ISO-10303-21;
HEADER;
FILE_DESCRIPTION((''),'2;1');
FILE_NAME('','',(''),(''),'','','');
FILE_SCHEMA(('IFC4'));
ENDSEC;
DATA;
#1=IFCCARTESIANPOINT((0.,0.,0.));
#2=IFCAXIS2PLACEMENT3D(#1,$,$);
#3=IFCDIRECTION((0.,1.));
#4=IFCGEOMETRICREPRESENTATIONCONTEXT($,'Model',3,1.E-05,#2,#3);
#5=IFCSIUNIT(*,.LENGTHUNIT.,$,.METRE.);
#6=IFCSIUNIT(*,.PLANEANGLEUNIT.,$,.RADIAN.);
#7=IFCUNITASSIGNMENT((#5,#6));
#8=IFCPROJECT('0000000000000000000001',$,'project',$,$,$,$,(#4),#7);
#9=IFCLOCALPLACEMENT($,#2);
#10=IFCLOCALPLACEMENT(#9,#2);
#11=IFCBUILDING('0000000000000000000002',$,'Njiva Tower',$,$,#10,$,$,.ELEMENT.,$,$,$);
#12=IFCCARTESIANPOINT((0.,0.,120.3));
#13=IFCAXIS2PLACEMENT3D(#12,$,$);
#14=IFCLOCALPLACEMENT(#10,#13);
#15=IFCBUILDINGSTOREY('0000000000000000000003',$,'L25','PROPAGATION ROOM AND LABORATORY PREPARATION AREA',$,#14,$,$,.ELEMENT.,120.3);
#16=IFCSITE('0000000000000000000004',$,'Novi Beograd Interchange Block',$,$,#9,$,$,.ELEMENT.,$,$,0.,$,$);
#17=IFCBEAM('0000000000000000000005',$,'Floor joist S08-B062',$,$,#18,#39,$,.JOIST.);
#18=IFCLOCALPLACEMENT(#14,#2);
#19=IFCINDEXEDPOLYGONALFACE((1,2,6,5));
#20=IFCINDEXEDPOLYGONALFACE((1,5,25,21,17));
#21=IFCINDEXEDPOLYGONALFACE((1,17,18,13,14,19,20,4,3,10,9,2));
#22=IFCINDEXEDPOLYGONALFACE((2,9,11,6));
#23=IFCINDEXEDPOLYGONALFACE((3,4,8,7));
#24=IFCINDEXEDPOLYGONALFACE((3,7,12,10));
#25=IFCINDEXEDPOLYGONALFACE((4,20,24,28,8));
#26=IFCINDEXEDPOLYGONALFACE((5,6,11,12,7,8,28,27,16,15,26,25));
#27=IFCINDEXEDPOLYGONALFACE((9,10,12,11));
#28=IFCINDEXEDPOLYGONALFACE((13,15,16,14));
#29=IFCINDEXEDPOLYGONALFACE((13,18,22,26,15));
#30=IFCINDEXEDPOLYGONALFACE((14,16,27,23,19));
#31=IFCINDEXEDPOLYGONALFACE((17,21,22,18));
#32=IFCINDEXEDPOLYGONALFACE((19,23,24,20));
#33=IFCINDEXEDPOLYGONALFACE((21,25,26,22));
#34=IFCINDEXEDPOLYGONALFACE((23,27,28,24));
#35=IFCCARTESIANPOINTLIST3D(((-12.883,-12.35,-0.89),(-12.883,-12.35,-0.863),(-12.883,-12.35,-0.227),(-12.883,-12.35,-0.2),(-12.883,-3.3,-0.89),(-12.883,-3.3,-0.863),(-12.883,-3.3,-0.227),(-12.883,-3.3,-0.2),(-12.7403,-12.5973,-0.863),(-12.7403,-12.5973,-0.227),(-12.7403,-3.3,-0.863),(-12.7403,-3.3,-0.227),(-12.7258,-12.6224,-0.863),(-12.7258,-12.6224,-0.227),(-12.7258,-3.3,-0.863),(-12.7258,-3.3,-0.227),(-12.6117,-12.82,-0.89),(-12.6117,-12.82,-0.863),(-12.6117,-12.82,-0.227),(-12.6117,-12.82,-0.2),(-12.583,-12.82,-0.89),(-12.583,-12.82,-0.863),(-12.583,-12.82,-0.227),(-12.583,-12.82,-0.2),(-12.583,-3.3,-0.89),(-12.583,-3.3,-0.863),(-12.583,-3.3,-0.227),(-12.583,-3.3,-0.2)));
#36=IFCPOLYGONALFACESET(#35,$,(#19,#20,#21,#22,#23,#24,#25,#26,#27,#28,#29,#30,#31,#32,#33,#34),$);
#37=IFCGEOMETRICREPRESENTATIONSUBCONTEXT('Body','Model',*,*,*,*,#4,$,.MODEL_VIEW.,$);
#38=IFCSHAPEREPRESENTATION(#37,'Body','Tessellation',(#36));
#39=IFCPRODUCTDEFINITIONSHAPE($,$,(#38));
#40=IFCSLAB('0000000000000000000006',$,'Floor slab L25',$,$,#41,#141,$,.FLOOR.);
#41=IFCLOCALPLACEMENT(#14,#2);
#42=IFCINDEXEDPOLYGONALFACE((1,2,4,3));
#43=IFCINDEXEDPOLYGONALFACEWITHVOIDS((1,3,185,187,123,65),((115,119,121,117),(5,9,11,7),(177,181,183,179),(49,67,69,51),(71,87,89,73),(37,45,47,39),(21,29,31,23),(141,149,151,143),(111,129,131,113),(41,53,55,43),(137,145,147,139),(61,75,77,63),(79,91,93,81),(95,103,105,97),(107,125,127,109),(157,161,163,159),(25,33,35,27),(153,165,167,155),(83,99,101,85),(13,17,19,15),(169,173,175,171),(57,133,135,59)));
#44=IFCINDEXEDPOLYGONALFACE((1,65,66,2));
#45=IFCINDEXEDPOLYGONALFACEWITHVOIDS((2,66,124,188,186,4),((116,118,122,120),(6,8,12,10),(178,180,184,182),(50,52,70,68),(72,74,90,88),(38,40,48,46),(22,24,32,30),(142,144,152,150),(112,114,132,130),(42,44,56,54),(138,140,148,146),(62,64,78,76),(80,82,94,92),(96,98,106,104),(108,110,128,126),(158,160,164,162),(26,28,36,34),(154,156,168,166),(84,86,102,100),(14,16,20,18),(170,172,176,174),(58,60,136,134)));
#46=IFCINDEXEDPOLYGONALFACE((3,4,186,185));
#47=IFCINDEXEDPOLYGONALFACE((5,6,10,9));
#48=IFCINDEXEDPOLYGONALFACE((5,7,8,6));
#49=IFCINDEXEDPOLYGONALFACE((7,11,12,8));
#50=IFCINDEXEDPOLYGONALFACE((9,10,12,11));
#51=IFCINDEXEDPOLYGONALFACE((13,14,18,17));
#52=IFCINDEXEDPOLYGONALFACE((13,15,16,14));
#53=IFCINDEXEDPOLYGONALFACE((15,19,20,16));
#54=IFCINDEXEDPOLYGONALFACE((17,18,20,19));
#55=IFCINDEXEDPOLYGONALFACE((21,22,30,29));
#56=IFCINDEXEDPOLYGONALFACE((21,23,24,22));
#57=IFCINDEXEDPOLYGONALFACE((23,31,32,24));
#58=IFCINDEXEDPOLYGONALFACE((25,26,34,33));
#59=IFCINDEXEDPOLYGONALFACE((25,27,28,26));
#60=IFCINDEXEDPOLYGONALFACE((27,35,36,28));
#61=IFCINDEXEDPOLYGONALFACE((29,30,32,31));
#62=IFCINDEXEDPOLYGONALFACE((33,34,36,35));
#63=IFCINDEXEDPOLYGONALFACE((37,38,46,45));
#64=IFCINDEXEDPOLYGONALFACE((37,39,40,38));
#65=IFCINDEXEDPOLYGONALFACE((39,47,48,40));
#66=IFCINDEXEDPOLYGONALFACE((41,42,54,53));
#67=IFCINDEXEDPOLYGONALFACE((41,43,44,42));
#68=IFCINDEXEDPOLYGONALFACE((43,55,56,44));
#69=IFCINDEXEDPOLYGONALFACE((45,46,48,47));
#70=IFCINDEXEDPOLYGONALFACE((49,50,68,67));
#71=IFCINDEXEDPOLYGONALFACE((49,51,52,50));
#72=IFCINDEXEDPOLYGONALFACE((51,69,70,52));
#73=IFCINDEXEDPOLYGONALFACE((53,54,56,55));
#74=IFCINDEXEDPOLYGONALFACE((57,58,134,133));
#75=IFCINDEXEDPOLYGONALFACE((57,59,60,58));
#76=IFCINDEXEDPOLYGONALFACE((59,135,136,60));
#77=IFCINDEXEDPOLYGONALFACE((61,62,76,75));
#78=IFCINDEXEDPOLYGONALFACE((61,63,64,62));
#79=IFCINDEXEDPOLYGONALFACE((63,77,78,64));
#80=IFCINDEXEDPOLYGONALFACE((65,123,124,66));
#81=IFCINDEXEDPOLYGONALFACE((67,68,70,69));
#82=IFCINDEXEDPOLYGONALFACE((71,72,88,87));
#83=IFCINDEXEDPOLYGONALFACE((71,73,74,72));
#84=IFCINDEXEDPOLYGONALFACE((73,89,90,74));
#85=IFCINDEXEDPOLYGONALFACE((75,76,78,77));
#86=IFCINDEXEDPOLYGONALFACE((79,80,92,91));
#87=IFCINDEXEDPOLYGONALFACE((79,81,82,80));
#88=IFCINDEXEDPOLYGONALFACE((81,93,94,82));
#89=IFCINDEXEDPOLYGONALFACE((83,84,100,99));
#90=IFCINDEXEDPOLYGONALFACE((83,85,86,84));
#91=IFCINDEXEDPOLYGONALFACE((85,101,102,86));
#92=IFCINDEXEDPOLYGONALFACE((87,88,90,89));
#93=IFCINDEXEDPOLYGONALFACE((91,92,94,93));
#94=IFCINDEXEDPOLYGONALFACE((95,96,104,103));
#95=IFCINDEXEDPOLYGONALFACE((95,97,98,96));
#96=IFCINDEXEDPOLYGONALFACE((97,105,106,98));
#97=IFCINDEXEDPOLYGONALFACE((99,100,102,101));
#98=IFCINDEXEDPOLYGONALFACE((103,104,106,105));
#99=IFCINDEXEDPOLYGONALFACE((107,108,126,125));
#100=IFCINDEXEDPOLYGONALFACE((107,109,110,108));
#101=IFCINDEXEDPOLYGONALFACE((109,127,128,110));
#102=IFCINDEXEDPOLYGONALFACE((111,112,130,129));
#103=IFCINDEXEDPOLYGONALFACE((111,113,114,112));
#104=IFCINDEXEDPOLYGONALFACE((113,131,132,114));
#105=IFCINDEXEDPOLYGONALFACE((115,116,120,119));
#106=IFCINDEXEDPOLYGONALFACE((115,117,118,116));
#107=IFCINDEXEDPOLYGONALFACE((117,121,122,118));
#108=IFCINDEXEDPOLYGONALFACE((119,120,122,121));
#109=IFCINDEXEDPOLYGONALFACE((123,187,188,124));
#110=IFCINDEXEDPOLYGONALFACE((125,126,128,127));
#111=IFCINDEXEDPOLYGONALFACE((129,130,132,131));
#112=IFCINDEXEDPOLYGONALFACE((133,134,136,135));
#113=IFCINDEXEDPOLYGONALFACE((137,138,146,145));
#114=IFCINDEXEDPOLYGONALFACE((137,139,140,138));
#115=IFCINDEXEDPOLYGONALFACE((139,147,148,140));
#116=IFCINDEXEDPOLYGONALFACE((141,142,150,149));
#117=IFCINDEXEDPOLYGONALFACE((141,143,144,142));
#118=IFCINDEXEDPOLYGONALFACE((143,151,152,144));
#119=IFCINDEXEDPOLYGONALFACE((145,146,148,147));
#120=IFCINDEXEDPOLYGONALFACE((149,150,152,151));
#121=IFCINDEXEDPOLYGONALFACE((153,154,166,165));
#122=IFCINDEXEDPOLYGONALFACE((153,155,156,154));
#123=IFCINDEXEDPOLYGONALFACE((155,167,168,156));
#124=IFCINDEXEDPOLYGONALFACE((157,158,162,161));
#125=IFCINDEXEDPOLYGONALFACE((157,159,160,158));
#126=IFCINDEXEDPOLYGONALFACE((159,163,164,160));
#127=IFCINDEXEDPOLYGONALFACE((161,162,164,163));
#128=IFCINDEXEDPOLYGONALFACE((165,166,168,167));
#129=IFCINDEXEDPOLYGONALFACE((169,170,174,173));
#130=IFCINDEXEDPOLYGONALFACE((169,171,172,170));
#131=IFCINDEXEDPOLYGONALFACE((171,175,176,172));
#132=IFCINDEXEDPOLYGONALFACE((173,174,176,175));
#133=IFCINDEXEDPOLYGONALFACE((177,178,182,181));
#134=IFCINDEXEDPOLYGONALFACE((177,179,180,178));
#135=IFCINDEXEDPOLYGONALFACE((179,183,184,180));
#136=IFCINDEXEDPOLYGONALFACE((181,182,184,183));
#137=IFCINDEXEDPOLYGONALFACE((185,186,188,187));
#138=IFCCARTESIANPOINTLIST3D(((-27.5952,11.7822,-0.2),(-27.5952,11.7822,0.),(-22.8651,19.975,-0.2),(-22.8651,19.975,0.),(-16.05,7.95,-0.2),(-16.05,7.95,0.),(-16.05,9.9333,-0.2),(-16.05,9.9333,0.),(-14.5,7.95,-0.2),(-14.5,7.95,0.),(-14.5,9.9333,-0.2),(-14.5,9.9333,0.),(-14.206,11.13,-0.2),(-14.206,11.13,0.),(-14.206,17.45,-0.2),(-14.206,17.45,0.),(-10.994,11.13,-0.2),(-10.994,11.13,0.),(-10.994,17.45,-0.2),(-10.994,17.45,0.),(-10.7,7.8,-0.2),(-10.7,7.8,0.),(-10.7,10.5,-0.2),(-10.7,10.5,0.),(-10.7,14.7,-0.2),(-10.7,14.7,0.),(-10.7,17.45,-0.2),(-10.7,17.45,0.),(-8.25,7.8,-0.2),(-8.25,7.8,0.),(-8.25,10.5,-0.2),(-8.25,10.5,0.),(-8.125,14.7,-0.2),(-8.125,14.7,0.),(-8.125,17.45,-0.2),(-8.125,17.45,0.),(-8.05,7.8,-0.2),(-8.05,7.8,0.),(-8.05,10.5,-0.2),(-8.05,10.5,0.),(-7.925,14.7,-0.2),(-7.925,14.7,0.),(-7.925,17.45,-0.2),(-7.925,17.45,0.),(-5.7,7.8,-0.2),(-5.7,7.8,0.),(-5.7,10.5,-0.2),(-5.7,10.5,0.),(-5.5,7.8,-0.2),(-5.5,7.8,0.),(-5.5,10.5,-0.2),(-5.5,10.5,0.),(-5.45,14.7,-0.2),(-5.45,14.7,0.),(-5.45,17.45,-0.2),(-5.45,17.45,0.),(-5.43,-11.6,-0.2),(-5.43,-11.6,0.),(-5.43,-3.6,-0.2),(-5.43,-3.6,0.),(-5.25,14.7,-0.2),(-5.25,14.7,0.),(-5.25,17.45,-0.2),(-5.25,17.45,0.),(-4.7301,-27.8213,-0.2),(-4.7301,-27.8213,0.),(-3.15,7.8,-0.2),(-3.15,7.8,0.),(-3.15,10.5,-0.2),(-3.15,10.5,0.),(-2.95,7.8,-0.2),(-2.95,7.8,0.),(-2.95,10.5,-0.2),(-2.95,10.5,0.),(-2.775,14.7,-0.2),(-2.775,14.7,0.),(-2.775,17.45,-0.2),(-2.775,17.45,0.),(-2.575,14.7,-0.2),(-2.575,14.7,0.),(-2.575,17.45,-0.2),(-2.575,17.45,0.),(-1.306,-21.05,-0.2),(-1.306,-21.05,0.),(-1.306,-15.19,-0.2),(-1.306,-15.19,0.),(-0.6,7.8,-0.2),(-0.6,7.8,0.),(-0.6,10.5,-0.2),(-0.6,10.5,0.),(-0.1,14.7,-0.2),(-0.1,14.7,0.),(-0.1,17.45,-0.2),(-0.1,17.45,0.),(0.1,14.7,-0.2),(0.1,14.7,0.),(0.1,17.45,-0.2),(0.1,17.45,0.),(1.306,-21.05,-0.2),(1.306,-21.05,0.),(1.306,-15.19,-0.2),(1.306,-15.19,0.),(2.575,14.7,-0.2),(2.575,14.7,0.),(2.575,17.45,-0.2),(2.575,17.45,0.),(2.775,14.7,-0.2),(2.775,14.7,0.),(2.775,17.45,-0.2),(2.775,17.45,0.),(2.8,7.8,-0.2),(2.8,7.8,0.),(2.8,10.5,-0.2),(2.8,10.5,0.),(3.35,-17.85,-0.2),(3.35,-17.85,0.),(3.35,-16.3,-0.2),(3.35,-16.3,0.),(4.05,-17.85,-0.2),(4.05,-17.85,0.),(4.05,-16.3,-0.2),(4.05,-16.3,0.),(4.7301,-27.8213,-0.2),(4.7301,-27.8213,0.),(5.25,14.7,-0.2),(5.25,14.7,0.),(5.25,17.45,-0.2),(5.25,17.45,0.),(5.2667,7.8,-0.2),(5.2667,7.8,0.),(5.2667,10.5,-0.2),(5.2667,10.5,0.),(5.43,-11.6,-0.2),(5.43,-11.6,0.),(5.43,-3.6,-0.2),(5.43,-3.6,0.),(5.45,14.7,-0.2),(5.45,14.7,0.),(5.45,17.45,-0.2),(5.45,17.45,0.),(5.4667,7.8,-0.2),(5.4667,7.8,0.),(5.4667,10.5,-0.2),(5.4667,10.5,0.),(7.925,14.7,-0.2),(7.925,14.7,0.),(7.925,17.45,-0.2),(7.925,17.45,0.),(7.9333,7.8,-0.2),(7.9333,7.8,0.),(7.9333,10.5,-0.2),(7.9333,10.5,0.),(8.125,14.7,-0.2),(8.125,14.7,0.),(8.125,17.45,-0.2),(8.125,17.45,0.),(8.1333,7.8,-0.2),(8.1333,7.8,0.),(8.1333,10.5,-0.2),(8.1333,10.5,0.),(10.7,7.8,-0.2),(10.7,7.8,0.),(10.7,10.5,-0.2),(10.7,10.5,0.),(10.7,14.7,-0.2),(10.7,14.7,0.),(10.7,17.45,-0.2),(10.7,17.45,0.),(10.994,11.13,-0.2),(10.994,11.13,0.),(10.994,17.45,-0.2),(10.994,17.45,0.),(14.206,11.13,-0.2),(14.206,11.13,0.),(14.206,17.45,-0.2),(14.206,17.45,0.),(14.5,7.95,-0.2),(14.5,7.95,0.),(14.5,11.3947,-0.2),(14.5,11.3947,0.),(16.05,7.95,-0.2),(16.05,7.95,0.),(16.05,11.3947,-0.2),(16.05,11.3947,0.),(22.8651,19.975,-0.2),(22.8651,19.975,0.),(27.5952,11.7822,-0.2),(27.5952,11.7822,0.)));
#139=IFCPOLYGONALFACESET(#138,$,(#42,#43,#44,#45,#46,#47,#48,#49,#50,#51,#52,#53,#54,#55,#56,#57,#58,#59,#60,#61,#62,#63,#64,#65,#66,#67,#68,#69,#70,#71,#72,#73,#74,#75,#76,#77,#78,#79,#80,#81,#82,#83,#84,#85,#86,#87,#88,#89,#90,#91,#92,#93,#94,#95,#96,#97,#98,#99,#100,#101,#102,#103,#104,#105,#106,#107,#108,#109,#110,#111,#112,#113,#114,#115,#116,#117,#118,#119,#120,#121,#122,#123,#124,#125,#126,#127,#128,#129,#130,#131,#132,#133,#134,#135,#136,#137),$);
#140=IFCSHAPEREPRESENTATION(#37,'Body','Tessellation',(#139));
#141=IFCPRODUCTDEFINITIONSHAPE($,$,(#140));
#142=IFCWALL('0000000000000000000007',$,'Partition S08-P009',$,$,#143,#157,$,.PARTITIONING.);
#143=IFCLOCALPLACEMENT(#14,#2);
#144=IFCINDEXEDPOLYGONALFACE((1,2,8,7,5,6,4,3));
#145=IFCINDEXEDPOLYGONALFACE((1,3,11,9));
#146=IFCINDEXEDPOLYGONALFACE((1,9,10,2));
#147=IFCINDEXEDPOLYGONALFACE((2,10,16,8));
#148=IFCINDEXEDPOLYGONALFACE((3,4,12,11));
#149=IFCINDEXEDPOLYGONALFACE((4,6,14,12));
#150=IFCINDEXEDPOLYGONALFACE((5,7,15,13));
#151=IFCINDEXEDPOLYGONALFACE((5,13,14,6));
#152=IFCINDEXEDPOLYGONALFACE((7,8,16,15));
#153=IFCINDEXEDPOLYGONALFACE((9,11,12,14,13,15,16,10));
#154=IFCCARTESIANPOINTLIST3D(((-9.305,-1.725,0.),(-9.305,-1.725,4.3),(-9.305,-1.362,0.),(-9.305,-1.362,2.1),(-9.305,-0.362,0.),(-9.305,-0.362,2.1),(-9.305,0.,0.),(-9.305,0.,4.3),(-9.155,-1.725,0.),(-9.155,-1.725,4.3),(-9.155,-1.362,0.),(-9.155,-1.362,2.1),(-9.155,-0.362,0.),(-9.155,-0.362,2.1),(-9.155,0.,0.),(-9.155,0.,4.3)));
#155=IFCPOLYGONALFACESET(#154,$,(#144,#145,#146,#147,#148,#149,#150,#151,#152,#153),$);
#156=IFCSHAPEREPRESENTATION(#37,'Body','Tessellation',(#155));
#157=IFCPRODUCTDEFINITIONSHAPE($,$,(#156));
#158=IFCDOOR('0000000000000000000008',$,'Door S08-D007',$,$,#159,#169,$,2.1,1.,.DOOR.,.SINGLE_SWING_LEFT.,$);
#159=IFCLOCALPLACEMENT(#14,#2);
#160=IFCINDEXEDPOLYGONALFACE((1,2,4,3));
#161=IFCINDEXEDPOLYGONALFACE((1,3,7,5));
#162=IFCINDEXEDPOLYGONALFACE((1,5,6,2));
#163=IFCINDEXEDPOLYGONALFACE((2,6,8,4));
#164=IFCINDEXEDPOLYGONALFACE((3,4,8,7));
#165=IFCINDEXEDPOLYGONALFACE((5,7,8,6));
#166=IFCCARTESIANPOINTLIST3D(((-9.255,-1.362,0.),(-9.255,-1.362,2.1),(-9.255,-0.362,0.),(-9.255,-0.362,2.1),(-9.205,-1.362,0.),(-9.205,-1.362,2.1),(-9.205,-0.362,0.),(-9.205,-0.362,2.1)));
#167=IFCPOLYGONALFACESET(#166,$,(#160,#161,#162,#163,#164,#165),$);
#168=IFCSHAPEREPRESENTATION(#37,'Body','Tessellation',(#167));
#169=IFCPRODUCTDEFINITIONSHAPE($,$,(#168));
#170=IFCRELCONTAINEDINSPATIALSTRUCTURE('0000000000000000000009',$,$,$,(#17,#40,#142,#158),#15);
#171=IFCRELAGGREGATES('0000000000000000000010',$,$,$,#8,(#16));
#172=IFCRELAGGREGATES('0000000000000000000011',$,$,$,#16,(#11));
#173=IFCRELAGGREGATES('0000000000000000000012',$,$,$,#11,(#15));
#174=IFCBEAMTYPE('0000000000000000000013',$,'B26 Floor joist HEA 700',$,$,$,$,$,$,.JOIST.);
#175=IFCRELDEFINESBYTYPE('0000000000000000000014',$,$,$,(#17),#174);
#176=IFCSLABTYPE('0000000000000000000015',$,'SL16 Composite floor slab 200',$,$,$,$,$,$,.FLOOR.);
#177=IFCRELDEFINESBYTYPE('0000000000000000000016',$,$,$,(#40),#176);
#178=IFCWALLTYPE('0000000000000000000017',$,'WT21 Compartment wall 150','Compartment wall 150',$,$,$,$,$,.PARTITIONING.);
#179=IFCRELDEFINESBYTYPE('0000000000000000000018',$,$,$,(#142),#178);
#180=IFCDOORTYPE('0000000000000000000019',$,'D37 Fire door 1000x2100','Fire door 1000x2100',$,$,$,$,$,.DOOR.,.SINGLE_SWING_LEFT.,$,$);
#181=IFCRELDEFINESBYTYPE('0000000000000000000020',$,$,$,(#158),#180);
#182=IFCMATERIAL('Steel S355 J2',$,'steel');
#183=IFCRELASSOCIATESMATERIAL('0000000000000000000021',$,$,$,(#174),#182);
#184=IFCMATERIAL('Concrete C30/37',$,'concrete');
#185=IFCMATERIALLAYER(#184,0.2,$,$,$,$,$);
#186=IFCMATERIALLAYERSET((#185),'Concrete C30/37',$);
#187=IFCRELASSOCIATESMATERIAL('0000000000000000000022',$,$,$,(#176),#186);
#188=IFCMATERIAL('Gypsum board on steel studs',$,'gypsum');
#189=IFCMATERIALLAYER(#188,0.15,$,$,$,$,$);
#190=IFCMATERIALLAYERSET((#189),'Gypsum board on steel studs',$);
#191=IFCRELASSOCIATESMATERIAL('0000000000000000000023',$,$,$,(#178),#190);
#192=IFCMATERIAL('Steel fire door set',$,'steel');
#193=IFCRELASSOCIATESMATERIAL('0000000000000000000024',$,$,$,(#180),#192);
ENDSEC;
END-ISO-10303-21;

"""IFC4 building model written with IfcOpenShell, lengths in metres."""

from ifc_helpers import new_model, si_unit, direction, frame, frame_2d, origin, origin_2d, place, context, subcontext, project, spatial, polyline, rectangle, i_section, outline, extrude, clip, halfspace, material, layer, layer_set, material_profile, profile_set, type_object, element, fill, save


model = new_model("IFC4")

# Units and contexts
model_context = context("Model", 3, precision=1e-05, world=origin(), true_north=direction((0.0, 1.0)))
body_context = subcontext(model_context, "Body", "Model", "MODEL_VIEW")
ifc_project = project(units=[si_unit("LENGTHUNIT", "METRE"), si_unit("PLANEANGLEUNIT", "RADIAN")], contexts=[model_context])

# Site, building, storey
site_placement = place(None, origin())
site = spatial("IfcSite", under=ifc_project, at=site_placement, Name="Novi Beograd Interchange Block", CompositionType="ELEMENT", RefElevation=0.0)
building_placement = place(site_placement, origin())
building = spatial("IfcBuilding", under=site, at=building_placement, Name="Njiva Tower", CompositionType="ELEMENT")
storey_placement = place(building_placement, frame((0.0, 0.0, 120.3)))
storey = spatial("IfcBuildingStorey", under=building, at=storey_placement, Name="L25", Description="PROPAGATION ROOM AND LABORATORY PREPARATION AREA", CompositionType="ELEMENT", Elevation=120.3)

# Shared definitions
ifc_material_1 = material(Name="Steel S355 J2", Category="steel")

# Beam
ifc_material_profile_1 = material_profile(ifc_material_1, i_section(OverallWidth=0.3, OverallDepth=0.69, WebThickness=0.0145, FlangeThickness=0.027, at=origin_2d()), Name="HEA 700")
ifc_profile_set_1 = profile_set([ifc_material_profile_1], Name="Steel S355 J2")
beam_type_1 = type_object("IfcBeamType", Name="B26 Floor joist HEA 700", PredefinedType="JOIST", material=ifc_profile_set_1)
beam_1_placement = place(storey_placement, frame((-12.733, -3.3, -0.545), z_axis=(0.0, -1.0, 0.0), x_axis=(1.0, 0.0, 0.0)))
element("IfcBeam", 1, at=beam_1_placement, inside=storey, type_object=beam_type_1, Name="Floor joist S08-B062", PredefinedType="JOIST", context=body_context, shape_type="Clipping", body=[
    clip(extrude(i_section(OverallWidth=0.3, OverallDepth=0.69, WebThickness=0.0145, FlangeThickness=0.027, at=origin_2d()), origin(), (0.0, 0.0, 1.0), 9.52), halfspace(frame((-0.0436, 0.0, 9.2343), z_axis=(-0.866027, 0.0, 0.499998), x_axis=(0.0, 1.0, 0.0)), False)),
])

# Slab
ifc_material_2 = material(Name="Concrete C30/37", Category="concrete")
ifc_layer_1 = layer(ifc_material_2, 0.2)
ifc_layer_set_1 = layer_set([ifc_layer_1], Name="Concrete C30/37")
slab_type = type_object("IfcSlabType", Name="SL16 Composite floor slab 200", PredefinedType="FLOOR", material=ifc_layer_set_1)
slab_placement = place(storey_placement, frame((0.0, 0.0, -0.2)))
element("IfcSlab", 2, at=slab_placement, inside=storey, type_object=slab_type, Name="Floor slab L25", PredefinedType="FLOOR", context=body_context, shape_type="SweptSolid", body=[
    extrude(outline(polyline([(27.5952, 11.7822), (4.7301, -27.8213), (-4.7301, -27.8213), (-27.5952, 11.7822), (-22.8651, 19.975), (22.8651, 19.975), (27.5952, 11.7822)]), holes=[polyline([(14.5, 7.95), (16.05, 7.95), (16.05, 11.3947), (14.5, 11.3947), (14.5, 7.95)]), polyline([(10.994, 17.45), (10.994, 11.13), (14.206, 11.13), (14.206, 17.45), (10.994, 17.45)]), polyline([(8.125, 17.45), (8.125, 14.7), (10.7, 14.7), (10.7, 17.45), (8.125, 17.45)]), polyline([(8.1333, 10.5), (8.1333, 7.8), (10.7, 7.8), (10.7, 10.5), (8.1333, 10.5)]), polyline([(5.4667, 10.5), (5.4667, 7.8), (7.9333, 7.8), (7.9333, 10.5), (5.4667, 10.5)]), polyline([(5.45, 17.45), (5.45, 14.7), (7.925, 14.7), (7.925, 17.45), (5.45, 17.45)]), polyline([(5.43, -11.6), (5.43, -3.6), (-5.43, -3.6), (-5.43, -11.6), (5.43, -11.6)]), polyline([(2.8, 7.8), (5.2667, 7.8), (5.2667, 10.5), (2.8, 10.5), (2.8, 7.8)]), polyline([(2.775, 14.7), (5.25, 14.7), (5.25, 17.45), (2.775, 17.45), (2.775, 14.7)]), polyline([(3.35, -17.85), (4.05, -17.85), (4.05, -16.3), (3.35, -16.3), (3.35, -17.85)]), polyline([(0.1, 17.45), (0.1, 14.7), (2.575, 14.7), (2.575, 17.45), (0.1, 17.45)]), polyline([(-1.306, -21.05), (1.306, -21.05), (1.306, -15.19), (-1.306, -15.19), (-1.306, -21.05)]), polyline([(-2.575, 17.45), (-2.575, 14.7), (-0.1, 14.7), (-0.1, 17.45), (-2.575, 17.45)]), polyline([(-2.95, 7.8), (-0.6, 7.8), (-0.6, 10.5), (-2.95, 10.5), (-2.95, 7.8)]), polyline([(-5.25, 17.45), (-5.25, 14.7), (-2.775, 14.7), (-2.775, 17.45), (-5.25, 17.45)]), polyline([(-5.5, 10.5), (-5.5, 7.8), (-3.15, 7.8), (-3.15, 10.5), (-5.5, 10.5)]), polyline([(-7.925, 14.7), (-5.45, 14.7), (-5.45, 17.45), (-7.925, 17.45), (-7.925, 14.7)]), polyline([(-8.05, 10.5), (-8.05, 7.8), (-5.7, 7.8), (-5.7, 10.5), (-8.05, 10.5)]), polyline([(-10.7, 17.45), (-10.7, 14.7), (-8.125, 14.7), (-8.125, 17.45), (-10.7, 17.45)]), polyline([(-10.7, 7.8), (-8.25, 7.8), (-8.25, 10.5), (-10.7, 10.5), (-10.7, 7.8)]), polyline([(-14.206, 17.45), (-14.206, 11.13), (-10.994, 11.13), (-10.994, 17.45), (-14.206, 17.45)]), polyline([(-14.5, 9.9333), (-16.05, 9.9333), (-16.05, 7.95), (-14.5, 7.95), (-14.5, 9.9333)])]), origin(), (0.0, 0.0, 1.0), 0.2),
])

# Wall, opening, door
ifc_material_3 = material(Name="Gypsum board on steel studs", Category="gypsum")
ifc_layer_2 = layer(ifc_material_3, 0.15)
ifc_layer_set_2 = layer_set([ifc_layer_2], Name="Gypsum board on steel studs")
wall_type_1 = type_object("IfcWallType", Name="WT21 Compartment wall 150", Description="Compartment wall 150", PredefinedType="PARTITIONING", material=ifc_layer_set_2)
wall_1_placement = place(storey_placement, frame((-9.23, -1.725, 0.0), z_axis=(0.0, 0.0, 1.0), x_axis=(0.0, 1.0, 0.0)))
wall_1 = element("IfcWall", 3, at=wall_1_placement, inside=storey, type_object=wall_type_1, Name="Partition S08-P009", PredefinedType="PARTITIONING", context=body_context, shape_type="SweptSolid", body=[
    extrude(rectangle(XDim=1.725, YDim=0.15, at=frame_2d((0.8625, 0.0))), origin(), (0.0, 0.0, 1.0), 4.3),
])
opening_1_placement = place(wall_1_placement, frame((0.363, 0.0, 0.0)))
opening_1 = element("IfcOpeningElement", 4, at=opening_1_placement, cuts=wall_1, PredefinedType="OPENING", context=body_context, shape_type="SweptSolid", body=[
    extrude(rectangle(XDim=1.0, YDim=2.1, at=frame_2d((0.5, 1.05))), frame((0.0, 0.085, 0.0), z_axis=(0.0, -1.0, 0.0), x_axis=(1.0, 0.0, 0.0)), (0.0, 0.0, 1.0), 0.17),
])
ifc_material_4 = material(Name="Steel fire door set", Category="steel")
door_type = type_object("IfcDoorType", Name="D37 Fire door 1000x2100", Description="Fire door 1000x2100", OperationType="SINGLE_SWING_LEFT", PredefinedType="DOOR", material=ifc_material_4)
door_1_placement = place(opening_1_placement, origin())
door_1 = element("IfcDoor", 5, at=door_1_placement, inside=storey, type_object=door_type, Name="Door S08-D007", OperationType="SINGLE_SWING_LEFT", OverallHeight=2.1, OverallWidth=1.0, PredefinedType="DOOR", context=body_context, shape_type="SweptSolid", body=[
    extrude(rectangle(XDim=1.0, YDim=2.1, at=frame_2d((0.5, 1.05))), frame((0.0, 0.025, 0.0), z_axis=(0.0, -1.0, 0.0), x_axis=(1.0, 0.0, 0.0)), (0.0, 0.0, 1.0), 0.05),
])
fill(opening_1, door_1)

save(model, "model.ifc")
